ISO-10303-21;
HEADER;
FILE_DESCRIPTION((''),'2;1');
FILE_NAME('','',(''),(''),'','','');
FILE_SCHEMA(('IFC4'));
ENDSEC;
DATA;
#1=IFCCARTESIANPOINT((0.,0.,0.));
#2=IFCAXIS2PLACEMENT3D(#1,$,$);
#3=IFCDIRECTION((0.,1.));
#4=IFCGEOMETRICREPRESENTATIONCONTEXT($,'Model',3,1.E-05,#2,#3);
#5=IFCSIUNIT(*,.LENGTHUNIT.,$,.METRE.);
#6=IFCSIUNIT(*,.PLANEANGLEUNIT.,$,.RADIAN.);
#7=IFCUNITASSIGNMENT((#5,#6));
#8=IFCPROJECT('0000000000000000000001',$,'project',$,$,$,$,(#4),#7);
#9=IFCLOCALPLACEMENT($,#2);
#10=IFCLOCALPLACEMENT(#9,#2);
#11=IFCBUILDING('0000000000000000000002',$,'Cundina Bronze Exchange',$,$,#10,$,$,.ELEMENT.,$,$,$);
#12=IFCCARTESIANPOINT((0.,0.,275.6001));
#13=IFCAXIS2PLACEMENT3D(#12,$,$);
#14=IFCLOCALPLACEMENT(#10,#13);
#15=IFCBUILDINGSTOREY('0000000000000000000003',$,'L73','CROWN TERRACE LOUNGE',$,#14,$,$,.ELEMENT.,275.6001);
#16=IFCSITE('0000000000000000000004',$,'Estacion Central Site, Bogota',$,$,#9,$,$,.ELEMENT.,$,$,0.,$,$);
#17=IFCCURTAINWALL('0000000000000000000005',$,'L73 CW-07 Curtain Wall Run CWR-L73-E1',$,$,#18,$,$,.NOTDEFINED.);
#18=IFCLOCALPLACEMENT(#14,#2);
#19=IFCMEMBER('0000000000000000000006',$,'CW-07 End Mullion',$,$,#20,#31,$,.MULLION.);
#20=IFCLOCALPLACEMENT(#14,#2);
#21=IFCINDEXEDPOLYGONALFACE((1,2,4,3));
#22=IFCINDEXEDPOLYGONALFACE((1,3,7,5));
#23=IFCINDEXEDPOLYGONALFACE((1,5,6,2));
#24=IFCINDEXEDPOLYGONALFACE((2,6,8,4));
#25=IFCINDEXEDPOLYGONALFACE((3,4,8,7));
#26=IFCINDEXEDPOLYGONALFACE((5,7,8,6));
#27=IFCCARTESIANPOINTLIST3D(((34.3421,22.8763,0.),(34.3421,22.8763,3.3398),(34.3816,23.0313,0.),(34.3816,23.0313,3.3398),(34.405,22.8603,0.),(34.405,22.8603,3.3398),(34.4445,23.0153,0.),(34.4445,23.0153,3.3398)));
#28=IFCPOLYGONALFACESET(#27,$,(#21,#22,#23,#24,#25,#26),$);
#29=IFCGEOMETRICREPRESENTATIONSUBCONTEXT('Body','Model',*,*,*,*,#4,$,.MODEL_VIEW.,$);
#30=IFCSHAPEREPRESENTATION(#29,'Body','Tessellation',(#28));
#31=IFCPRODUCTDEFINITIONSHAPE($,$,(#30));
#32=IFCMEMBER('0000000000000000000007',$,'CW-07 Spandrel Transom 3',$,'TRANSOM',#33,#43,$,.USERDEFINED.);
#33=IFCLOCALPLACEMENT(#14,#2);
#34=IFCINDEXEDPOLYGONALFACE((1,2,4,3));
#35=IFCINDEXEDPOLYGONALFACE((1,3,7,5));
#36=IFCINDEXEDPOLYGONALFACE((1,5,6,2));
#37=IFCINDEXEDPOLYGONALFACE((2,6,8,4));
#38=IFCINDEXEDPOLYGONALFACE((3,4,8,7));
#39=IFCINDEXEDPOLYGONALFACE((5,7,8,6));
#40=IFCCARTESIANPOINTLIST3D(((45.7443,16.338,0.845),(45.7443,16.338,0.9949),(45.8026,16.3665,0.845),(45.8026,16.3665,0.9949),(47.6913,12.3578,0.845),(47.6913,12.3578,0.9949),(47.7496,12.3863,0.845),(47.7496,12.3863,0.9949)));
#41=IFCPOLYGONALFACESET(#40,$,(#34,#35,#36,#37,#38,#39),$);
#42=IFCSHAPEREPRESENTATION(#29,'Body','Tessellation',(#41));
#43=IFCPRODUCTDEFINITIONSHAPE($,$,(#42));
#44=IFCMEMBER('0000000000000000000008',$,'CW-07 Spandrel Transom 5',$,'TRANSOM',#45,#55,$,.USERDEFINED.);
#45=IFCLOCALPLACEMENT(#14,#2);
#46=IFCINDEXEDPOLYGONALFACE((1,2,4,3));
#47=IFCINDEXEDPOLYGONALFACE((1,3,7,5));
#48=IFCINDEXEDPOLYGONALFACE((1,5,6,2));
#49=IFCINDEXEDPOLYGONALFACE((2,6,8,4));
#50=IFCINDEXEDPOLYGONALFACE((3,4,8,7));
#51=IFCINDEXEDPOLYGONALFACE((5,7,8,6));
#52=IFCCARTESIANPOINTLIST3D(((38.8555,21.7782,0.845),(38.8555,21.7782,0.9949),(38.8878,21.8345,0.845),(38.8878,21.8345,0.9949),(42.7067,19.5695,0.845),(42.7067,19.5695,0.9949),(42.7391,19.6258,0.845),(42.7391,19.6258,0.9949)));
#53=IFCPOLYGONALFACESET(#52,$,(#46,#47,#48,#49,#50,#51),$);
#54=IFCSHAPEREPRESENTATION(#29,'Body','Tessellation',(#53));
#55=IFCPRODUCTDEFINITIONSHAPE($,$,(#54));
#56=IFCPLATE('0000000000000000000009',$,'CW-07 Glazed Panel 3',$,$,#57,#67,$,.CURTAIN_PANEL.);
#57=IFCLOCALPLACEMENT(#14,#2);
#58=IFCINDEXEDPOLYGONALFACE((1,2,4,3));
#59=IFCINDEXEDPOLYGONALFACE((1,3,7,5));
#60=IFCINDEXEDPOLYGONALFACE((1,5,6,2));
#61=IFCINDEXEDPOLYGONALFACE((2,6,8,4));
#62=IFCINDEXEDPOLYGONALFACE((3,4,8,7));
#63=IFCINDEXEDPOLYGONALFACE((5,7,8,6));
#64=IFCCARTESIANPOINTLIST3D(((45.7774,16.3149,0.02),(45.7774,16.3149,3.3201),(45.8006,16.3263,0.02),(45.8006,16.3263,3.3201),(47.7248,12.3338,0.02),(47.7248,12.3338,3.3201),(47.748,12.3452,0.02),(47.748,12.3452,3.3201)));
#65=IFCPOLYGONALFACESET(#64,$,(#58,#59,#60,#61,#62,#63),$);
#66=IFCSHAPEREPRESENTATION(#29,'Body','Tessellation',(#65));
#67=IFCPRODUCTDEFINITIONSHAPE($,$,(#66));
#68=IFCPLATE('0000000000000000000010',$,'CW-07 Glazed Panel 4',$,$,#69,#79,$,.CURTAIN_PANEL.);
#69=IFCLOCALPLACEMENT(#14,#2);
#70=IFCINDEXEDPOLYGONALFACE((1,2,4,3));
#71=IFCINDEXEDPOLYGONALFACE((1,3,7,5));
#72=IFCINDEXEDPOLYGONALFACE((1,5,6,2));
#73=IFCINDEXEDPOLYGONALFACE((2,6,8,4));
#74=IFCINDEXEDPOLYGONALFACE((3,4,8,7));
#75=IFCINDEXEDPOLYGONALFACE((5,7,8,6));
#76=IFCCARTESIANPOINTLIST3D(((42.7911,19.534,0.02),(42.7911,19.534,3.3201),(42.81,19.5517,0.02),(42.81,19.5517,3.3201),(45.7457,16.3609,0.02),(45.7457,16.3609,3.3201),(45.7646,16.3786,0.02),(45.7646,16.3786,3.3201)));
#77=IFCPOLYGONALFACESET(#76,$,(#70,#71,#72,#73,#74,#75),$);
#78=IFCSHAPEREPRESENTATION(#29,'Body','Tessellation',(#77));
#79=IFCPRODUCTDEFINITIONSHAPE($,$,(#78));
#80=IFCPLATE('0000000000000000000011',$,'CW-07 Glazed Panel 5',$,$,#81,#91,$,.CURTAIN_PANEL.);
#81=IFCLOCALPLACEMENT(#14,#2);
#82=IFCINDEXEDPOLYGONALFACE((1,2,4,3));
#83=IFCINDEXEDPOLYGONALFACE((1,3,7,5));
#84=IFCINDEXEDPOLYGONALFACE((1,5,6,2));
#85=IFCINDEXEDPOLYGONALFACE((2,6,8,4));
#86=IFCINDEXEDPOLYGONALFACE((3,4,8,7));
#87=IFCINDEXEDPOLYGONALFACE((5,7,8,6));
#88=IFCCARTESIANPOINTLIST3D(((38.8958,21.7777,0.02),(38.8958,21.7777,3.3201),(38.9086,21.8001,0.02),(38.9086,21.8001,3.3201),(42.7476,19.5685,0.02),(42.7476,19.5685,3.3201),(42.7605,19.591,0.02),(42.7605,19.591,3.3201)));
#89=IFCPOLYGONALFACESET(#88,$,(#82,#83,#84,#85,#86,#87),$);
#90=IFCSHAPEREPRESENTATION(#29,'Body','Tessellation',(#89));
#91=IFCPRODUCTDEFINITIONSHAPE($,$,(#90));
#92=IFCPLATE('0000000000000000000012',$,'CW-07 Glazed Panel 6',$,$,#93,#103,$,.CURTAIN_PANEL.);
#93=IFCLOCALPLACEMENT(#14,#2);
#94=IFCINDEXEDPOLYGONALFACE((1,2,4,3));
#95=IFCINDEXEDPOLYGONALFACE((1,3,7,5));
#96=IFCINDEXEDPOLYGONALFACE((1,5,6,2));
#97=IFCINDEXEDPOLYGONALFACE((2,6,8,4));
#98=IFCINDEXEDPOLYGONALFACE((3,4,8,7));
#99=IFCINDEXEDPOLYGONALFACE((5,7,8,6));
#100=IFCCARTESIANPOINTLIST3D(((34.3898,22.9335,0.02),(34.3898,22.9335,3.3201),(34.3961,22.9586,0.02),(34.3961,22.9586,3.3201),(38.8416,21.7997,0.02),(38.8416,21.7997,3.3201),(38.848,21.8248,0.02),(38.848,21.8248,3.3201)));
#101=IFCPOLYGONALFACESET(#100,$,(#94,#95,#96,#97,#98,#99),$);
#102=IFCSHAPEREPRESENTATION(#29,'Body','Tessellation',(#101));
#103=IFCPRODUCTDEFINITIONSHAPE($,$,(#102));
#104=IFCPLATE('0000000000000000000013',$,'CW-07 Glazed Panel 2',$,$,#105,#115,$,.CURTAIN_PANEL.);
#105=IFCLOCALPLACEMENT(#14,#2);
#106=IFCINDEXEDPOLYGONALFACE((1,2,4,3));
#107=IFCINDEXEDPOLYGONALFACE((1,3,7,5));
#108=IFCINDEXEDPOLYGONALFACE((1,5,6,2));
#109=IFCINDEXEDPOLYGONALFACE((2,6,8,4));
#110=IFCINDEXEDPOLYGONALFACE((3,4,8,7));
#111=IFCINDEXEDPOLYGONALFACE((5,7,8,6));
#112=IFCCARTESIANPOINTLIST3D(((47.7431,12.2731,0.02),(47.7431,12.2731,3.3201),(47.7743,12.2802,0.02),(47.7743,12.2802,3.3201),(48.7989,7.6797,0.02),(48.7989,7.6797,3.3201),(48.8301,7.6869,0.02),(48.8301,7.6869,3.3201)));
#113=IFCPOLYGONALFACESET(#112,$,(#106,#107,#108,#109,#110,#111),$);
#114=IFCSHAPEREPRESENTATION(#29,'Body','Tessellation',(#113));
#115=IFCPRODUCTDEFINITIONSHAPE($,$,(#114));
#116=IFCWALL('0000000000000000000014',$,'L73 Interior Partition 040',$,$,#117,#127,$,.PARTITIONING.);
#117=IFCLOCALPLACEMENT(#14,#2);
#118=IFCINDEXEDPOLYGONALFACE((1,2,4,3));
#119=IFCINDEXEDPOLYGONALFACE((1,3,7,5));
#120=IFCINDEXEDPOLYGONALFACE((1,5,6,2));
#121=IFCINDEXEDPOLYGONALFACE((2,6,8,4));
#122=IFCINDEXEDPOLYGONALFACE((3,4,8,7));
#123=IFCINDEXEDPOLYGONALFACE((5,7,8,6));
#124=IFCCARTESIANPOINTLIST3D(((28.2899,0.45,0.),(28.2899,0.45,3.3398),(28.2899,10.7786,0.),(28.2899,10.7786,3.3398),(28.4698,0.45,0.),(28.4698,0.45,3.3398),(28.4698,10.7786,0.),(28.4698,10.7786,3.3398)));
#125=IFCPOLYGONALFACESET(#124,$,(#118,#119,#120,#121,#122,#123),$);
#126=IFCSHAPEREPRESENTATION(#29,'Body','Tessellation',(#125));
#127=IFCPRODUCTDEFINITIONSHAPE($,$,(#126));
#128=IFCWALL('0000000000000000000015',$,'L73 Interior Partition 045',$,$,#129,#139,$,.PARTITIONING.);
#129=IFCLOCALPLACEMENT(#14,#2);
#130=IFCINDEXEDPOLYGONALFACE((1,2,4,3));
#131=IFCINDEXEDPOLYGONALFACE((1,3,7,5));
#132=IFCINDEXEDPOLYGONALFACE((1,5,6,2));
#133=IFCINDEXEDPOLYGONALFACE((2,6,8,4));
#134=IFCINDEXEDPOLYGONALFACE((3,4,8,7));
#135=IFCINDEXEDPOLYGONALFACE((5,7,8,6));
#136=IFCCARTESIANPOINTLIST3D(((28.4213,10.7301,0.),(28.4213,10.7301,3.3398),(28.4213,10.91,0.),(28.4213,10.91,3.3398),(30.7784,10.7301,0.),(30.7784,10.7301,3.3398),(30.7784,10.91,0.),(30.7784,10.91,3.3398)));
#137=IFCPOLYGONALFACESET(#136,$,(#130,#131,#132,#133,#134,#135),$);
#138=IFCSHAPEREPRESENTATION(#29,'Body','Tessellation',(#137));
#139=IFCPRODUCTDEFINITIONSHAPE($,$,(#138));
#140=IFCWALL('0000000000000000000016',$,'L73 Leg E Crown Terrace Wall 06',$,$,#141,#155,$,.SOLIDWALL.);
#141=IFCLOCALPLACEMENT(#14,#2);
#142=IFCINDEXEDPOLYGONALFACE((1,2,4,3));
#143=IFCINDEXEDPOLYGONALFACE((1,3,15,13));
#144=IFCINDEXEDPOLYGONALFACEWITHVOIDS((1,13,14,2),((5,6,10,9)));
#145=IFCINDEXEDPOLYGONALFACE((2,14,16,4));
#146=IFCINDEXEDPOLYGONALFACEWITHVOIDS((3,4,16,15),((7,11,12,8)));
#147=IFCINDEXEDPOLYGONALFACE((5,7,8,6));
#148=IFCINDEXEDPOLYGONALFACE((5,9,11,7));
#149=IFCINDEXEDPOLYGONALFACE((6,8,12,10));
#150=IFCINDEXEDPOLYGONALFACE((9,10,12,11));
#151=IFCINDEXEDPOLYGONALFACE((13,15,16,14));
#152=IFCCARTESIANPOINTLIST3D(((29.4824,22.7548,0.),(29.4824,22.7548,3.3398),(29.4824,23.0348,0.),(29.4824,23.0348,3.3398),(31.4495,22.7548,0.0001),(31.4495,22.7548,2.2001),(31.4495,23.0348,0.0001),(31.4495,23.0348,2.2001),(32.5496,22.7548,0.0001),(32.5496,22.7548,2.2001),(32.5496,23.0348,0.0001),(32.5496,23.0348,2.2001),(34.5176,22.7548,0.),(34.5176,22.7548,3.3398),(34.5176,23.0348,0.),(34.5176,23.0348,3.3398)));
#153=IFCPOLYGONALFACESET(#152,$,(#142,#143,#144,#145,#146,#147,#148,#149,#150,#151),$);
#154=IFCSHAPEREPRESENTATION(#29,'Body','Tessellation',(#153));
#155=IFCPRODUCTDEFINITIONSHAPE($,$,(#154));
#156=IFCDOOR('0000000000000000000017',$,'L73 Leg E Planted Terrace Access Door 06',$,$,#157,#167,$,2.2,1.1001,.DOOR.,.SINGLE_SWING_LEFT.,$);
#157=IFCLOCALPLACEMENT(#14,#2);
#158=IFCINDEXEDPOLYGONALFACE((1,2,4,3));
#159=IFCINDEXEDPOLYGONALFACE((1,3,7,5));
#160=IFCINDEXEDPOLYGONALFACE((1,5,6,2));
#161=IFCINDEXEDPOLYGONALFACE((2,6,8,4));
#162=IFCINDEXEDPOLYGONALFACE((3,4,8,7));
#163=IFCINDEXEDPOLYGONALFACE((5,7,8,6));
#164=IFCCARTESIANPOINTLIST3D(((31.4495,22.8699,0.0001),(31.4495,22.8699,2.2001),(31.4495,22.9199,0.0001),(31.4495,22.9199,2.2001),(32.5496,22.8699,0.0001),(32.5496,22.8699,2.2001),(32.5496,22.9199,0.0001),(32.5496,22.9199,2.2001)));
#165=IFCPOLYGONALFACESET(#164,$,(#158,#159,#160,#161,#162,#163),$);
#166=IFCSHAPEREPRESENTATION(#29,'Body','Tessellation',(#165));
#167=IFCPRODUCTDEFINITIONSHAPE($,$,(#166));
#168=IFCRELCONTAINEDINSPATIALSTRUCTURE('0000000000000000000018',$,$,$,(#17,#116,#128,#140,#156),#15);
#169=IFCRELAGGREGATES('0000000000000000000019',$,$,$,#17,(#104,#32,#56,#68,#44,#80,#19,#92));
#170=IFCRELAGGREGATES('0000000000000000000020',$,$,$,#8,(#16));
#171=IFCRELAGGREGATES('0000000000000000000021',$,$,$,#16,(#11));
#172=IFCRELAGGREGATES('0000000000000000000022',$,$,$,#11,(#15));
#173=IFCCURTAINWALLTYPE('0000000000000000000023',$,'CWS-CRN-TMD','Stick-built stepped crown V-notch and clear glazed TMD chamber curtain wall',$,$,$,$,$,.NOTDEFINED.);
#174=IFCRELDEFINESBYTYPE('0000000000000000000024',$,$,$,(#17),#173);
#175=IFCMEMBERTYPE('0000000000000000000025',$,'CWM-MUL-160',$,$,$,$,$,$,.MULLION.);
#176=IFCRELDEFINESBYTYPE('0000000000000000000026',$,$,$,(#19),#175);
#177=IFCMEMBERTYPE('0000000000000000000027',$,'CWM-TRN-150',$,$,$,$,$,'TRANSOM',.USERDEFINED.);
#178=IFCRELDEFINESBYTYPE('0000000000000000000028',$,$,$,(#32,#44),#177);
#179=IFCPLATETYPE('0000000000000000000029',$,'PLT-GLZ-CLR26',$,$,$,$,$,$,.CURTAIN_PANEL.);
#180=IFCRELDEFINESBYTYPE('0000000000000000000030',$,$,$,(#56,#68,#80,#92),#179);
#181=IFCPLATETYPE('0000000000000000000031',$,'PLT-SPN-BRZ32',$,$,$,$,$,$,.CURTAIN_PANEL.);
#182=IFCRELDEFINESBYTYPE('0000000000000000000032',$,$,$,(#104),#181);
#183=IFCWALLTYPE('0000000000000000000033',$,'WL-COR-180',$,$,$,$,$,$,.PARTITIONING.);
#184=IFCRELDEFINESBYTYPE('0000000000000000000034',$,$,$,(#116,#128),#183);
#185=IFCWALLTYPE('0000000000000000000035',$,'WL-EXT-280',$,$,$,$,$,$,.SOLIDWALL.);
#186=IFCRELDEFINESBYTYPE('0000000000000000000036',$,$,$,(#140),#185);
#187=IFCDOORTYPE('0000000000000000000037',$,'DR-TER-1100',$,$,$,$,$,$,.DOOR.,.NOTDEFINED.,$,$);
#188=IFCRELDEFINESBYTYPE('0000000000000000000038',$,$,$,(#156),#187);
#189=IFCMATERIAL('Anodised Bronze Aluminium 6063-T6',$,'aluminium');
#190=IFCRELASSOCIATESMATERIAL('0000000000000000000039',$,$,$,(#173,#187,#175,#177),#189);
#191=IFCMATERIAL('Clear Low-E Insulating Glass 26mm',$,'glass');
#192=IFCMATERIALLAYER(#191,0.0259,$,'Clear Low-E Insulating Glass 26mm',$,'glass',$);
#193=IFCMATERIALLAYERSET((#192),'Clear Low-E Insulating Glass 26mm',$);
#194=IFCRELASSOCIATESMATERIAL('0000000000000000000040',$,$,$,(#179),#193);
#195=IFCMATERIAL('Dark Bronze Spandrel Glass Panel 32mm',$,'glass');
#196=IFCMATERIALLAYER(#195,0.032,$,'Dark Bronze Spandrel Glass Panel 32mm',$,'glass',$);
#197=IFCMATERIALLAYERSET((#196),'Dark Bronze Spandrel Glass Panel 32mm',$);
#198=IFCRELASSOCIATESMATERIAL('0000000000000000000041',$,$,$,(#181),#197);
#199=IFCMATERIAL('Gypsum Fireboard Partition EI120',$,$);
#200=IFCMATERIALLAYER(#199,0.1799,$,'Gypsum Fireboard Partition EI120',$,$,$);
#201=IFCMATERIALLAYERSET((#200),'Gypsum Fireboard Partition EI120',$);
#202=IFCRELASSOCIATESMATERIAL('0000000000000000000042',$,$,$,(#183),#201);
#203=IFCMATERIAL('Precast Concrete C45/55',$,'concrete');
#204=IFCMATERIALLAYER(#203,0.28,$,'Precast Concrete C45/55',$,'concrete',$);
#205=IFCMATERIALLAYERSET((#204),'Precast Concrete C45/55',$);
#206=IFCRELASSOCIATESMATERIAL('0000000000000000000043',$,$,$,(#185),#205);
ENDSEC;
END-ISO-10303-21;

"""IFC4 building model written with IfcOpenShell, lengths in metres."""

from ifc_helpers import new_model, si_unit, direction, frame, frame_2d, origin, origin_2d, place, context, subcontext, project, spatial, rectangle, extrude, material, layer, layer_set, material_profile, profile_set, type_object, element, fill, aggregate, save


model = new_model("IFC4")

# Units and contexts
model_context = context("Model", 3, precision=1e-05, world=origin(), true_north=direction((0.0, 1.0)))
body_context = subcontext(model_context, "Body", "Model", "MODEL_VIEW")
ifc_project = project(units=[si_unit("LENGTHUNIT", "METRE"), si_unit("PLANEANGLEUNIT", "RADIAN")], contexts=[model_context])

# Site, building, storey
site_placement = place(None, origin())
site = spatial("IfcSite", under=ifc_project, at=site_placement, Name="Estacion Central Site, Bogota", CompositionType="ELEMENT", RefElevation=0.0)
building_placement = place(site_placement, origin())
building = spatial("IfcBuilding", under=site, at=building_placement, Name="Cundina Bronze Exchange", CompositionType="ELEMENT")
storey_placement = place(building_placement, frame((0.0, 0.0, 275.6001)))
storey = spatial("IfcBuildingStorey", under=building, at=storey_placement, Name="L73", Description="CROWN TERRACE LOUNGE", CompositionType="ELEMENT", Elevation=275.6001)

# Curtain wall, members, plates
ifc_material_1 = material(Name="Anodised Bronze Aluminium 6063-T6", Category="aluminium")
curtain_wall_type = type_object("IfcCurtainWallType", Name="CWS-CRN-TMD", Description="Stick-built stepped crown V-notch and clear glazed TMD chamber curtain wall", PredefinedType="NOTDEFINED", material=ifc_material_1)
curtain_wall_placement = place(storey_placement, origin())
curtain_wall = element("IfcCurtainWall", 1, at=curtain_wall_placement, inside=storey, type_object=curtain_wall_type, Name="L73 CW-07 Curtain Wall Run CWR-L73-E1", PredefinedType="NOTDEFINED")
ifc_material_profile_1 = material_profile(ifc_material_1, rectangle(XDim=0.0649, YDim=0.1599, at=origin_2d()), Name="AL65X160", Category="aluminium")
ifc_profile_set_1 = profile_set([ifc_material_profile_1], Name="Anodised Bronze Aluminium 6063-T6")
member_type_1 = type_object("IfcMemberType", Name="CWM-MUL-160", PredefinedType="MULLION", material=ifc_profile_set_1)
member_1_placement = place(storey_placement, frame((34.3933, 22.9458, 0.0), z_axis=(0.0, 0.0, 1.0), x_axis=(-0.969059, 0.24683, 0.0)))
member_1 = element("IfcMember", 2, at=member_1_placement, type_object=member_type_1, Name="CW-07 End Mullion", PredefinedType="MULLION", context=body_context, shape_type="SweptSolid", body=[
    extrude(rectangle(XDim=0.0649, YDim=0.1599, at=origin_2d()), origin(), (0.0, 0.0, 1.0), 3.3398),
])
ifc_material_profile_2 = material_profile(ifc_material_1, rectangle(XDim=0.0649, YDim=0.1499, at=origin_2d()), Name="AL65X150", Category="aluminium")
ifc_profile_set_2 = profile_set([ifc_material_profile_2], Name="Anodised Bronze Aluminium 6063-T6")
member_type_2 = type_object("IfcMemberType", Name="CWM-TRN-150", ElementType="TRANSOM", PredefinedType="USERDEFINED", material=ifc_profile_set_2)
member_2_placement = place(storey_placement, frame((47.7205, 12.3721, 0.9199), z_axis=(-0.439417, 0.898283, 0.0), x_axis=(-0.898283, -0.439417, 0.0)))
member_2 = element("IfcMember", 3, at=member_2_placement, type_object=member_type_2, Name="CW-07 Spandrel Transom 3", ObjectType="TRANSOM", PredefinedType="USERDEFINED", context=body_context, shape_type="SweptSolid", body=[
    extrude(rectangle(XDim=0.0649, YDim=0.1499, at=origin_2d()), origin(), (0.0, 0.0, 1.0), 4.4309),
])
member_3_placement = place(storey_placement, frame((42.7229, 19.5977, 0.9199), z_axis=(-0.867467, 0.497494, 0.0), x_axis=(-0.497494, -0.867467, 0.0)))
member_3 = element("IfcMember", 4, at=member_3_placement, type_object=member_type_2, Name="CW-07 Spandrel Transom 5", ObjectType="TRANSOM", PredefinedType="USERDEFINED", context=body_context, shape_type="SweptSolid", body=[
    extrude(rectangle(XDim=0.0649, YDim=0.1499, at=origin_2d()), origin(), (0.0, 0.0, 1.0), 4.4397),
])
ifc_material_2 = material(Name="Clear Low-E Insulating Glass 26mm", Category="glass")
ifc_layer_1 = layer(ifc_material_2, 0.0259, Name="Clear Low-E Insulating Glass 26mm", Category="glass")
ifc_layer_set_1 = layer_set([ifc_layer_1], Name="Clear Low-E Insulating Glass 26mm")
plate_type_1 = type_object("IfcPlateType", Name="PLT-GLZ-CLR26", PredefinedType="CURTAIN_PANEL", material=ifc_layer_set_1)
plate_1_placement = place(storey_placement, frame((46.7627, 14.3301, 0.02), z_axis=(0.0, 0.0, 1.0), x_axis=(-0.439406, 0.898288, 0.0)))
plate_1 = element("IfcPlate", 5, at=plate_1_placement, type_object=plate_type_1, Name="CW-07 Glazed Panel 3", PredefinedType="CURTAIN_PANEL", context=body_context, shape_type="SweptSolid", body=[
    extrude(rectangle(XDim=4.4319, YDim=0.0259, at=origin_2d()), origin(), (0.0, 0.0, 1.0), 3.3),
])
plate_2_placement = place(storey_placement, frame((44.2778, 17.9563, 0.02), z_axis=(0.0, 0.0, 1.0), x_axis=(-0.681462, 0.731853, 0.0)))
plate_2 = element("IfcPlate", 6, at=plate_2_placement, type_object=plate_type_1, Name="CW-07 Glazed Panel 4", PredefinedType="CURTAIN_PANEL", context=body_context, shape_type="SweptSolid", body=[
    extrude(rectangle(XDim=4.3357, YDim=0.0259, at=origin_2d()), origin(), (0.0, 0.0, 1.0), 3.3),
])
plate_3_placement = place(storey_placement, frame((40.8281, 20.6843, 0.02), z_axis=(0.0, 0.0, 1.0), x_axis=(-0.867453, 0.497519, 0.0)))
plate_3 = element("IfcPlate", 7, at=plate_3_placement, type_object=plate_type_1, Name="CW-07 Glazed Panel 5", PredefinedType="CURTAIN_PANEL", context=body_context, shape_type="SweptSolid", body=[
    extrude(rectangle(XDim=4.4404, YDim=0.0259, at=origin_2d()), origin(), (0.0, 0.0, 1.0), 3.3),
])
plate_4_placement = place(storey_placement, frame((36.6189, 22.3792, 0.02), z_axis=(0.0, 0.0, 1.0), x_axis=(-0.969067, 0.246796, 0.0)))
plate_4 = element("IfcPlate", 8, at=plate_4_placement, type_object=plate_type_1, Name="CW-07 Glazed Panel 6", PredefinedType="CURTAIN_PANEL", context=body_context, shape_type="SweptSolid", body=[
    extrude(rectangle(XDim=4.594, YDim=0.0259, at=origin_2d()), origin(), (0.0, 0.0, 1.0), 3.3),
])
ifc_material_3 = material(Name="Dark Bronze Spandrel Glass Panel 32mm", Category="glass")
ifc_layer_2 = layer(ifc_material_3, 0.032, Name="Dark Bronze Spandrel Glass Panel 32mm", Category="glass")
ifc_layer_set_2 = layer_set([ifc_layer_2], Name="Dark Bronze Spandrel Glass Panel 32mm")
plate_type_2 = type_object("IfcPlateType", Name="PLT-SPN-BRZ32", PredefinedType="CURTAIN_PANEL", material=ifc_layer_set_2)
plate_5_placement = place(storey_placement, frame((48.2866, 9.98, 0.02), z_axis=(0.0, 0.0, 1.0), x_axis=(-0.224016, 0.974586, 0.0)))
plate_5 = element("IfcPlate", 9, at=plate_5_placement, type_object=plate_type_2, Name="CW-07 Glazed Panel 2", PredefinedType="CURTAIN_PANEL", context=body_context, shape_type="SweptSolid", body=[
    extrude(rectangle(XDim=4.7131, YDim=0.032, at=origin_2d()), origin(), (0.0, 0.0, 1.0), 3.3),
])
aggregate(curtain_wall, [plate_5, member_2, plate_1, plate_2, member_3, plate_3, member_1, plate_4])

# Walls
ifc_material_4 = material(Name="Gypsum Fireboard Partition EI120")
ifc_layer_3 = layer(ifc_material_4, 0.1799, Name="Gypsum Fireboard Partition EI120")
ifc_layer_set_3 = layer_set([ifc_layer_3], Name="Gypsum Fireboard Partition EI120")
wall_type_1 = type_object("IfcWallType", Name="WL-COR-180", PredefinedType="PARTITIONING", material=ifc_layer_set_3)
wall_1_placement = place(storey_placement, frame((28.3799, 10.7786, 0.0), z_axis=(0.0, 0.0, 1.0), x_axis=(0.0, -1.0, 0.0)))
element("IfcWall", 10, at=wall_1_placement, inside=storey, type_object=wall_type_1, Name="L73 Interior Partition 040", PredefinedType="PARTITIONING", context=body_context, shape_type="SweptSolid", body=[
    extrude(rectangle(XDim=10.3286, YDim=0.1799, at=frame_2d((5.1643, 0.0))), origin(), (0.0, 0.0, 1.0), 3.3398),
])
wall_2_placement = place(storey_placement, frame((30.7786, 10.8201, 0.0), z_axis=(0.0, 0.0, 1.0), x_axis=(-1.0, 0.0, 0.0)))
element("IfcWall", 11, at=wall_2_placement, inside=storey, type_object=wall_type_1, Name="L73 Interior Partition 045", PredefinedType="PARTITIONING", context=body_context, shape_type="SweptSolid", body=[
    extrude(rectangle(XDim=2.3572, YDim=0.1799, at=frame_2d((1.1787, 0.0))), origin(), (0.0, 0.0, 1.0), 3.3398),
])

# Wall, opening, door
ifc_material_5 = material(Name="Precast Concrete C45/55", Category="concrete")
ifc_layer_4 = layer(ifc_material_5, 0.28, Name="Precast Concrete C45/55", Category="concrete")
ifc_layer_set_4 = layer_set([ifc_layer_4], Name="Precast Concrete C45/55")
wall_type_2 = type_object("IfcWallType", Name="WL-EXT-280", PredefinedType="SOLIDWALL", material=ifc_layer_set_4)
wall_3_placement = place(storey_placement, frame((34.5176, 22.8948, 0.0), z_axis=(0.0, 0.0, 1.0), x_axis=(-1.0, 0.0, 0.0)))
wall_3 = element("IfcWall", 12, at=wall_3_placement, inside=storey, type_object=wall_type_2, Name="L73 Leg E Crown Terrace Wall 06", PredefinedType="SOLIDWALL", context=body_context, shape_type="SweptSolid", body=[
    extrude(rectangle(XDim=5.0352, YDim=0.28, at=frame_2d((2.5176, 0.0))), origin(), (0.0, 0.0, 1.0), 3.3398),
])
opening_1_placement = place(wall_3_placement, frame((1.968, 0.0, 0.0)))
opening_1 = element("IfcOpeningElement", 13, at=opening_1_placement, cuts=wall_3, PredefinedType="OPENING", context=body_context, shape_type="SweptSolid", body=[
    extrude(rectangle(XDim=1.1001, YDim=2.2, at=frame_2d((0.55, 1.1001))), frame((0.0, 0.1499, 0.0), z_axis=(0.0, -1.0, 0.0), x_axis=(1.0, 0.0, 0.0)), (0.0, 0.0, 1.0), 0.3),
])
door_type = type_object("IfcDoorType", Name="DR-TER-1100", OperationType="NOTDEFINED", PredefinedType="DOOR", material=ifc_material_1)
door_placement = place(opening_1_placement, origin())
door = element("IfcDoor", 14, at=door_placement, inside=storey, type_object=door_type, Name="L73 Leg E Planted Terrace Access Door 06", OperationType="SINGLE_SWING_LEFT", OverallHeight=2.2, OverallWidth=1.1001, PredefinedType="DOOR", context=body_context, shape_type="SweptSolid", body=[
    extrude(rectangle(XDim=1.1001, YDim=2.2, at=frame_2d((0.55, 1.1001))), frame((0.0, 0.0249, 0.0), z_axis=(0.0, -1.0, 0.0), x_axis=(1.0, 0.0, 0.0)), (0.0, 0.0, 1.0), 0.05),
])
fill(opening_1, door)

save(model, "model.ifc")
